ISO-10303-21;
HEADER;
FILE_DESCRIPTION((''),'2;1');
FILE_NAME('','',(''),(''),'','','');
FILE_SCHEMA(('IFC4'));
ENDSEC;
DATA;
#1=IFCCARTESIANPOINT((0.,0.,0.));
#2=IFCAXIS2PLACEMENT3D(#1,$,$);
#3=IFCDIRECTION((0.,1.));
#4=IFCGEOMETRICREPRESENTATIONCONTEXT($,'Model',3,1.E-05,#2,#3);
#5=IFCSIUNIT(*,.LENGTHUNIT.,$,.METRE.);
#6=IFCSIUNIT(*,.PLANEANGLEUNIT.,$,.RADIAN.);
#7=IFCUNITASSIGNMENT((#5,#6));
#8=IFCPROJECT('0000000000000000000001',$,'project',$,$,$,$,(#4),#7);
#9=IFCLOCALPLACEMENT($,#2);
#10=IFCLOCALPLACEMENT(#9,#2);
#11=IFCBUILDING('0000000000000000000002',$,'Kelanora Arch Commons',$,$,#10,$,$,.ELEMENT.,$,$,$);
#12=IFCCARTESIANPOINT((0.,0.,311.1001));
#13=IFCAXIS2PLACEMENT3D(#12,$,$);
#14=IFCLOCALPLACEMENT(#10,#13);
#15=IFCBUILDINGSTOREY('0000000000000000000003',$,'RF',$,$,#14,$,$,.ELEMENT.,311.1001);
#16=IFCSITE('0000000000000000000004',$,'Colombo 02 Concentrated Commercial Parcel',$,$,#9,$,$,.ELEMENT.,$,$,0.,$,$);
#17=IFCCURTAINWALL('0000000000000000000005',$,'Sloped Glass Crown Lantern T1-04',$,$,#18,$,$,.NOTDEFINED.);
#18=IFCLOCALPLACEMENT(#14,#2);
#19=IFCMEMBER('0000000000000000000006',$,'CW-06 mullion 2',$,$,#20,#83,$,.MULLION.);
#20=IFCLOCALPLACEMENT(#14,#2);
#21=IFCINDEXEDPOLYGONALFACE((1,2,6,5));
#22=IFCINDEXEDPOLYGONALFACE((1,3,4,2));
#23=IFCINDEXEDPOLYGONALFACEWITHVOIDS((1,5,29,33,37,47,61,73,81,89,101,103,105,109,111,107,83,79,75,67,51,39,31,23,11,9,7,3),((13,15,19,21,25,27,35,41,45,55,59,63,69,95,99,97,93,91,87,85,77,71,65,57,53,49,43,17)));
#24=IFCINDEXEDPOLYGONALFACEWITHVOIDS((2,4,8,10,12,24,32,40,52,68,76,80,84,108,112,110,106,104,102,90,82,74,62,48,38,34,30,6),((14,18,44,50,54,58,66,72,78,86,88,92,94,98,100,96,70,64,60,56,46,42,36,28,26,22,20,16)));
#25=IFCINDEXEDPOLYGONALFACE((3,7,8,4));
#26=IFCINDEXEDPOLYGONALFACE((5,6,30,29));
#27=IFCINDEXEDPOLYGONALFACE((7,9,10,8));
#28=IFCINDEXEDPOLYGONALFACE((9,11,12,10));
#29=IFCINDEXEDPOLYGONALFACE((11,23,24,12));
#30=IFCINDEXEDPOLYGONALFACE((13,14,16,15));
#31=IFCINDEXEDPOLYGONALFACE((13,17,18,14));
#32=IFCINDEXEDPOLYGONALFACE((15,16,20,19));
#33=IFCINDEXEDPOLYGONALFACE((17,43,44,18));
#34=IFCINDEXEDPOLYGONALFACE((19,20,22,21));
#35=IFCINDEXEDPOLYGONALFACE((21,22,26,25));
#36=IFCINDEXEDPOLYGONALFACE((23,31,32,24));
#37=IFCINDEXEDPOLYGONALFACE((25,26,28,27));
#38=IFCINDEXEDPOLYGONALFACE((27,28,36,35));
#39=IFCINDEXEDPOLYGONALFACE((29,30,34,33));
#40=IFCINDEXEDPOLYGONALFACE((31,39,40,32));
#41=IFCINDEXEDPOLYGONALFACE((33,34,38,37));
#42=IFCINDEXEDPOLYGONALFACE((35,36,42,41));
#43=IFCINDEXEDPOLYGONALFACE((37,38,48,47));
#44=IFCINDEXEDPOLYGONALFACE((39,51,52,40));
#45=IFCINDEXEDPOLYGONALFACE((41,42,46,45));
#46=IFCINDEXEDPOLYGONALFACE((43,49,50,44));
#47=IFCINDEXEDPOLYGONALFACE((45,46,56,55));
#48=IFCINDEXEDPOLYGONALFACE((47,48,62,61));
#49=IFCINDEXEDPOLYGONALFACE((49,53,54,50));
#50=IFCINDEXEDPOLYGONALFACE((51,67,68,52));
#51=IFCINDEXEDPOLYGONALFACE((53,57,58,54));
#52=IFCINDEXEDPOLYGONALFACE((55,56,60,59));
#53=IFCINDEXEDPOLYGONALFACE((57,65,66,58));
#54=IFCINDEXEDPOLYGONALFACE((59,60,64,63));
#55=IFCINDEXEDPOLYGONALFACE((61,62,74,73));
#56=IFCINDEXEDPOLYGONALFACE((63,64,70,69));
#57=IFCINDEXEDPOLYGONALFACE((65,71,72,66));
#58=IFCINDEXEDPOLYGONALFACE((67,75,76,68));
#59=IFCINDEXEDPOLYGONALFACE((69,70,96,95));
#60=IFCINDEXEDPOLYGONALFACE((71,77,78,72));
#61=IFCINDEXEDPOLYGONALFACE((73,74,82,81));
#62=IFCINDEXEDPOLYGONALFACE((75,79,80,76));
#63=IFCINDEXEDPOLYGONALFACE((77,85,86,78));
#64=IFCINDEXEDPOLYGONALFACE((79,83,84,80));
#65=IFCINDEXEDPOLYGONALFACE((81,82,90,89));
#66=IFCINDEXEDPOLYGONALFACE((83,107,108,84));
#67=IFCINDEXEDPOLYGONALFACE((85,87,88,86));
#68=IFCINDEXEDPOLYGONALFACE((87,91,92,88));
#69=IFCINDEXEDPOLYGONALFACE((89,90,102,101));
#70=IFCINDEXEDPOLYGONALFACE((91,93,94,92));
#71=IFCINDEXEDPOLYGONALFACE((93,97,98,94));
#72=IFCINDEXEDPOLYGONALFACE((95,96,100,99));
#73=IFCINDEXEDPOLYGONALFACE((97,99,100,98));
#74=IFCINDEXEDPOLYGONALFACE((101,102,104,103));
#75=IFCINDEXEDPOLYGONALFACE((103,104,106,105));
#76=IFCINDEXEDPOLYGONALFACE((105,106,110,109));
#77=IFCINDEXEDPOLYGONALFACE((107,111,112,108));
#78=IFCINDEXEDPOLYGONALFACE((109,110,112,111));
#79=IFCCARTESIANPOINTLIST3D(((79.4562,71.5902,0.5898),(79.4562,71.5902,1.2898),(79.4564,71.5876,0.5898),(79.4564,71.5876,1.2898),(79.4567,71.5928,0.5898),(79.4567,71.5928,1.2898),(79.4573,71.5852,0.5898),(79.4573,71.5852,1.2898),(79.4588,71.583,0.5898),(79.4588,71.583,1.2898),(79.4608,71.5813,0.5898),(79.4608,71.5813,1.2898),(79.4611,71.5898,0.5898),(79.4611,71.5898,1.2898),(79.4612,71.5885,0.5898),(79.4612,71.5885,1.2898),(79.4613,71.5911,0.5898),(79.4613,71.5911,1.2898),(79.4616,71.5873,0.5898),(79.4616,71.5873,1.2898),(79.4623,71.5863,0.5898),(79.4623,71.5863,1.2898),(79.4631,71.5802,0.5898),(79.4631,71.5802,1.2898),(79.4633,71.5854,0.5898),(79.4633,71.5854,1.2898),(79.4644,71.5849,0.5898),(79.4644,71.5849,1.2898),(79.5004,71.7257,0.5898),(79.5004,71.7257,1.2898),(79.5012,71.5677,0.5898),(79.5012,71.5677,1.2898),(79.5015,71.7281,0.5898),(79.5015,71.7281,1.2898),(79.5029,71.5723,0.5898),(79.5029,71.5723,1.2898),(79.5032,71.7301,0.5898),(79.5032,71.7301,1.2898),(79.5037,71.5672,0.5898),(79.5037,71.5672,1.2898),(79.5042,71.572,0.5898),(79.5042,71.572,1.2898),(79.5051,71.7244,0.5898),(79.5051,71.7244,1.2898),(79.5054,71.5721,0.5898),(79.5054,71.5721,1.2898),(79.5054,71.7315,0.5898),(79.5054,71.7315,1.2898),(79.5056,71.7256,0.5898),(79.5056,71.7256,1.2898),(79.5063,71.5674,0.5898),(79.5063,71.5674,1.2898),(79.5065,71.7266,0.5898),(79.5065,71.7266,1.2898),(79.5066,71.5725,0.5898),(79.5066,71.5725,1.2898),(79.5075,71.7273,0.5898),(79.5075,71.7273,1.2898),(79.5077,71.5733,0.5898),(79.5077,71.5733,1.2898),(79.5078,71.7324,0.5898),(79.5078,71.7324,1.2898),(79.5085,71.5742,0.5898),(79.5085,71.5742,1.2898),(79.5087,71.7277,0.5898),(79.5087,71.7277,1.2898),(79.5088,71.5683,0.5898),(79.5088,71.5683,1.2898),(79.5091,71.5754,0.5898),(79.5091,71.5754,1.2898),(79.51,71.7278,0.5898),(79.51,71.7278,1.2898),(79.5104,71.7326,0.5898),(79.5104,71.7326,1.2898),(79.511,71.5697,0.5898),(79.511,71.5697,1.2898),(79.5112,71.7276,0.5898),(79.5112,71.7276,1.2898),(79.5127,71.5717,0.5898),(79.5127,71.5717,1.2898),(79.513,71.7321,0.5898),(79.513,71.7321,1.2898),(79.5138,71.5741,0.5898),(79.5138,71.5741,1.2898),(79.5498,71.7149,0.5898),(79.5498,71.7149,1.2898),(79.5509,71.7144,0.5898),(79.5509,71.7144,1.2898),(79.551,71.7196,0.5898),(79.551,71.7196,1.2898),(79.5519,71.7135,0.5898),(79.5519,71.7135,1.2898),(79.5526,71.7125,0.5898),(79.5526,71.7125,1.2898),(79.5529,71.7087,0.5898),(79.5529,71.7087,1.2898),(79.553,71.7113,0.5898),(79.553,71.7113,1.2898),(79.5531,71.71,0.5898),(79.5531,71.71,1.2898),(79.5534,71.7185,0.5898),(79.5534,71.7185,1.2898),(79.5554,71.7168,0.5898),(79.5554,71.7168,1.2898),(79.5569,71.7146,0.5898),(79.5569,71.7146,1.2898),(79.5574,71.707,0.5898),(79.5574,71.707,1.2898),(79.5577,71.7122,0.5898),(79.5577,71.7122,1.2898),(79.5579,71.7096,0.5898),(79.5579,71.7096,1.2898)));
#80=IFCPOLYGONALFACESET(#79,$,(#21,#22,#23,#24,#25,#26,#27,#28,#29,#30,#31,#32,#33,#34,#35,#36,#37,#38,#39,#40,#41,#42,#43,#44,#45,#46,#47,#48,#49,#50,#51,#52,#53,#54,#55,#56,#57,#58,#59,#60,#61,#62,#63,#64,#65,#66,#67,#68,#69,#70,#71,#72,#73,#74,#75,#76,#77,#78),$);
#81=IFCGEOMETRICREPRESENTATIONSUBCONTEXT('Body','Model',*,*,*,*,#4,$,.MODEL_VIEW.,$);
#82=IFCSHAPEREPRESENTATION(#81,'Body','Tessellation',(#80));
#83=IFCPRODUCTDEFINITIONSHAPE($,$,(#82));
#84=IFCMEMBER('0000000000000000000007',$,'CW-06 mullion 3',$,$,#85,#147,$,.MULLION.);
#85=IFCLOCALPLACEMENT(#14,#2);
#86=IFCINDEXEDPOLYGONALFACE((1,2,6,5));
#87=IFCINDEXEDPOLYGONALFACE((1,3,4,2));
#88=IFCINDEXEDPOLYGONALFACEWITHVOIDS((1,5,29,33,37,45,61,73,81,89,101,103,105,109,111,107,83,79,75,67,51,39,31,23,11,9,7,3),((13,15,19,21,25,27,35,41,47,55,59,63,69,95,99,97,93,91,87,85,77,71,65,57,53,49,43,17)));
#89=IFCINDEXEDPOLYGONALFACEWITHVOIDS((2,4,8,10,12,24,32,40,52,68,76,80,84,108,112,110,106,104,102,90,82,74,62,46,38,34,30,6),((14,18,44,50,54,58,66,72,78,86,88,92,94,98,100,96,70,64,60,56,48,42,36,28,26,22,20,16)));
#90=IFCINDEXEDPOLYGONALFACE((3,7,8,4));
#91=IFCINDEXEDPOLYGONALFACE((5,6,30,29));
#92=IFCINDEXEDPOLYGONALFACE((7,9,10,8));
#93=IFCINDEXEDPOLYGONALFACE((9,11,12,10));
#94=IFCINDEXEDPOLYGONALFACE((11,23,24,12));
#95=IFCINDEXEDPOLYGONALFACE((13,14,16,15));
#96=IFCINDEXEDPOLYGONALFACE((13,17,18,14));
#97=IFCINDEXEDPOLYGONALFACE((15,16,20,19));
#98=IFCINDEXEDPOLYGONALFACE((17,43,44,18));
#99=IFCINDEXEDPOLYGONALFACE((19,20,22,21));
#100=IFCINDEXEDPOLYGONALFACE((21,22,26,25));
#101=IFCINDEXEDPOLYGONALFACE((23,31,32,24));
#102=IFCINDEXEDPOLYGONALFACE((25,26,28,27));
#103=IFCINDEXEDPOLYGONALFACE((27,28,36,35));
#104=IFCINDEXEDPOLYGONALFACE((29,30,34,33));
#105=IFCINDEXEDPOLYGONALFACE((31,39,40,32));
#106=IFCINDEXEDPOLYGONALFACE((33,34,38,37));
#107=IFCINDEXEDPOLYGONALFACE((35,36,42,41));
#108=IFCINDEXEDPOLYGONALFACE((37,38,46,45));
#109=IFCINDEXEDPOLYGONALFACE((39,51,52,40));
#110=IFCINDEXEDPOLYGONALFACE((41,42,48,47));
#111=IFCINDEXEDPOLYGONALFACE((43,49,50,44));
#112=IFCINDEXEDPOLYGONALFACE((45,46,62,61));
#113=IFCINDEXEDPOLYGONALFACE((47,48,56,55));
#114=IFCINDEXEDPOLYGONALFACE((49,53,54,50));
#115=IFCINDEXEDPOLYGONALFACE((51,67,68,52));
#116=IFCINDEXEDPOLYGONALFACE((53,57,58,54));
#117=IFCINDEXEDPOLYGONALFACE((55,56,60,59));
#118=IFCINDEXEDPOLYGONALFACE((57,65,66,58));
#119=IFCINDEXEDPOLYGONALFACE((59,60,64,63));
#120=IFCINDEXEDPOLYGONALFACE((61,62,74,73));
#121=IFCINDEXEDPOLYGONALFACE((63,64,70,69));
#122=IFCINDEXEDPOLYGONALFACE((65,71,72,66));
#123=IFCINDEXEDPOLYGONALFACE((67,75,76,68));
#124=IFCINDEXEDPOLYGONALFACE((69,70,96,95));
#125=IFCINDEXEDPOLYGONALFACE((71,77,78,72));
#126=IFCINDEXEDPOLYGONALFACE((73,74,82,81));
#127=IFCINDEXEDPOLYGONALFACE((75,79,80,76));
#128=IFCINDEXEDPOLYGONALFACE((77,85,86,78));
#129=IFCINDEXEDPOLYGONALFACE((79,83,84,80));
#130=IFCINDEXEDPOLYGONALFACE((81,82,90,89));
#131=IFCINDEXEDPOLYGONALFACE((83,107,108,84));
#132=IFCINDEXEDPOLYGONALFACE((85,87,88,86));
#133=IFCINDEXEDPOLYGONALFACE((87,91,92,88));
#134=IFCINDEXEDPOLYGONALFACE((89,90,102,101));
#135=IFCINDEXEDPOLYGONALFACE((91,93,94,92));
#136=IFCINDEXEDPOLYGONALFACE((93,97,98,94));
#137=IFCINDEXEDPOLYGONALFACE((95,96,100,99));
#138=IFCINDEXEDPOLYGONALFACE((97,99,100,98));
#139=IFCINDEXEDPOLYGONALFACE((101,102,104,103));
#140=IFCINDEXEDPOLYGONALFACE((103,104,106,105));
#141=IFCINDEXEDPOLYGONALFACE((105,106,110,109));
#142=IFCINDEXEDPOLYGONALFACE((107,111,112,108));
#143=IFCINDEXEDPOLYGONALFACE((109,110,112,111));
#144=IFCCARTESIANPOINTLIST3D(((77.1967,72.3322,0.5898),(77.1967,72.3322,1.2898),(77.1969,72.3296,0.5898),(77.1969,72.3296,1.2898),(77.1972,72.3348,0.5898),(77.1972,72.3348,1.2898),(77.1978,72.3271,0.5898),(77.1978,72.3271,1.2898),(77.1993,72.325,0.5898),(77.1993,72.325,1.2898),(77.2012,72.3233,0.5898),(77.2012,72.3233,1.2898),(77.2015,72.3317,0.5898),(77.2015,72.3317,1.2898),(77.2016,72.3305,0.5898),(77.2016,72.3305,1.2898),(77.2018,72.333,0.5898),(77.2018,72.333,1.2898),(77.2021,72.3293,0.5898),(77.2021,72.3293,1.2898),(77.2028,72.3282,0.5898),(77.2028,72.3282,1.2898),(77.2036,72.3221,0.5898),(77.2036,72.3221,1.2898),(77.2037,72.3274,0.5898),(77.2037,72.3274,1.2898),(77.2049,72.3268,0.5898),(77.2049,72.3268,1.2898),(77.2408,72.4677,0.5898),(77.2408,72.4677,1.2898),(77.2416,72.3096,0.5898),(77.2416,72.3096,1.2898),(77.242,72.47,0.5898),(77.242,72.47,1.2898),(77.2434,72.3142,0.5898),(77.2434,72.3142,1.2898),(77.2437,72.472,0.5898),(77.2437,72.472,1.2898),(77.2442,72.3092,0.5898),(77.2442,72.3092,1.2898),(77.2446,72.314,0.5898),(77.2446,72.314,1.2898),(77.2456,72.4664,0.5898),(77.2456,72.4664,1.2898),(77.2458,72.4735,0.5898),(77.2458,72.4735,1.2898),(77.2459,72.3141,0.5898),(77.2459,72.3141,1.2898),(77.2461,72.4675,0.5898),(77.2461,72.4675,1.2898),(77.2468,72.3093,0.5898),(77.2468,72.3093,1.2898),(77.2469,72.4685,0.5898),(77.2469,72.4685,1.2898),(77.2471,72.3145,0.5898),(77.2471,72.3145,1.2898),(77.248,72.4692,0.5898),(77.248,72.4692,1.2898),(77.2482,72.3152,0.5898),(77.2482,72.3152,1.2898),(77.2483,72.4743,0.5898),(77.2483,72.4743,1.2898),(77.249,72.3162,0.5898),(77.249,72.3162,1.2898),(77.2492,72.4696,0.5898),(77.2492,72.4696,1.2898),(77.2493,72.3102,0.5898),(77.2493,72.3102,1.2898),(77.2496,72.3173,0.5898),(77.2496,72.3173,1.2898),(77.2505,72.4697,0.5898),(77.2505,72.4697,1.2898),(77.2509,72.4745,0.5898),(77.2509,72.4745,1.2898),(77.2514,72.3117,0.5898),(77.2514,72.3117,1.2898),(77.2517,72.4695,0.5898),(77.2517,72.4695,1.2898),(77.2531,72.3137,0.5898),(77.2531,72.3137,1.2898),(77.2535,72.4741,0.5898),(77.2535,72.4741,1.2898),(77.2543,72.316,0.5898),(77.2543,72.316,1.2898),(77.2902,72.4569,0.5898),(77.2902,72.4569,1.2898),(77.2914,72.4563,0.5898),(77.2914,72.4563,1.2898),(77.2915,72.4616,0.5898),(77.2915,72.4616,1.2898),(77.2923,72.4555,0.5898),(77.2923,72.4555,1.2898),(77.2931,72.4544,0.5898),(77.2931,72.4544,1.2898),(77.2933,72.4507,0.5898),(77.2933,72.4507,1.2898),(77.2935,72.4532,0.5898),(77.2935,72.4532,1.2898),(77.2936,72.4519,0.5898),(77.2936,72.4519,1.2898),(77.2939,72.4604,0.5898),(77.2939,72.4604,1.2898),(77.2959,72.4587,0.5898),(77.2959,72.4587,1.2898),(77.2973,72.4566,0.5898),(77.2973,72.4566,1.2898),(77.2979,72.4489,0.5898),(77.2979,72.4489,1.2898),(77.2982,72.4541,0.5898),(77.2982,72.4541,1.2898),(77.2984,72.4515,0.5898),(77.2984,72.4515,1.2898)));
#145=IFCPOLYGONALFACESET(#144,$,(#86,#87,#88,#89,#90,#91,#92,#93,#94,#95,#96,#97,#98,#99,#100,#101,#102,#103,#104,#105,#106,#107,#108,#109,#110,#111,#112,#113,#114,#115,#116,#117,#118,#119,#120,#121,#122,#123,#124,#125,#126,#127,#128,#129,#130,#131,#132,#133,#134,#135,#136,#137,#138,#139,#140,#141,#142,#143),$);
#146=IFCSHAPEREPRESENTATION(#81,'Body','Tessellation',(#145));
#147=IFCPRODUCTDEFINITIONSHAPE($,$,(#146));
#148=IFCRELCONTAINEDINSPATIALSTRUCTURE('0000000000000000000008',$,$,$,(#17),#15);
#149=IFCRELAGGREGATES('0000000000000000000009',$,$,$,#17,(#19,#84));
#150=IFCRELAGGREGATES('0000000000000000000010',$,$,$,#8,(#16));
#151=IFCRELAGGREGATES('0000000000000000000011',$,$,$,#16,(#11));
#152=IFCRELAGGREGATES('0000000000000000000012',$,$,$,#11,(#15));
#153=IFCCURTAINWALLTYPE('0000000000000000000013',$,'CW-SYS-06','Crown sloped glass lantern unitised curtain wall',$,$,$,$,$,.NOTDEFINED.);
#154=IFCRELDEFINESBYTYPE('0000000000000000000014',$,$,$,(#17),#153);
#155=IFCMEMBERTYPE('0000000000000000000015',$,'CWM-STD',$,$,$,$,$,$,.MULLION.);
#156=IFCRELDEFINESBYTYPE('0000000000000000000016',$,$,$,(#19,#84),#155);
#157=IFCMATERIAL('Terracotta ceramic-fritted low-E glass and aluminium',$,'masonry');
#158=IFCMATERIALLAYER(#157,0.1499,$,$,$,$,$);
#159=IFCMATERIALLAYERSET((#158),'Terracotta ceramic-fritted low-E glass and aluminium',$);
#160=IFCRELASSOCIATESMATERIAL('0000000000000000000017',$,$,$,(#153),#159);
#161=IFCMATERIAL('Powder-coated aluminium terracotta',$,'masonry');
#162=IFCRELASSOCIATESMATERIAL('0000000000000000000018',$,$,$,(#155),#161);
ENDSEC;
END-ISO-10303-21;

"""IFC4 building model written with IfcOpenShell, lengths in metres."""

from ifc_helpers import new_model, si_unit, direction, frame, origin, origin_2d, place, context, subcontext, project, spatial, hollow_rectangle, extrude, material, layer, layer_set, material_profile, profile_set, type_object, element, aggregate, save


model = new_model("IFC4")

# Units and contexts
model_context = context("Model", 3, precision=1e-05, world=origin(), true_north=direction((0.0, 1.0)))
body_context = subcontext(model_context, "Body", "Model", "MODEL_VIEW")
ifc_project = project(units=[si_unit("LENGTHUNIT", "METRE"), si_unit("PLANEANGLEUNIT", "RADIAN")], contexts=[model_context])

# Site, building, storey
site_placement = place(None, origin())
site = spatial("IfcSite", under=ifc_project, at=site_placement, Name="Colombo 02 Concentrated Commercial Parcel", CompositionType="ELEMENT", RefElevation=0.0)
building_placement = place(site_placement, origin())
building = spatial("IfcBuilding", under=site, at=building_placement, Name="Kelanora Arch Commons", CompositionType="ELEMENT")
storey_placement = place(building_placement, frame((0.0, 0.0, 311.1001)))
storey = spatial("IfcBuildingStorey", under=building, at=storey_placement, Name="RF", CompositionType="ELEMENT", Elevation=311.1001)

# Shared definitions
ifc_material_1 = material(Name="Terracotta ceramic-fritted low-E glass and aluminium", Category="masonry")
ifc_layer_1 = layer(ifc_material_1, 0.1499)
ifc_layer_set_1 = layer_set([ifc_layer_1], Name="Terracotta ceramic-fritted low-E glass and aluminium")
curtain_wall_type = type_object("IfcCurtainWallType", Name="CW-SYS-06", Description="Crown sloped glass lantern unitised curtain wall", PredefinedType="NOTDEFINED", material=ifc_layer_set_1)
ifc_material_2 = material(Name="Powder-coated aluminium terracotta", Category="masonry")
ifc_material_profile_1 = material_profile(ifc_material_2, hollow_rectangle(XDim=0.1599, YDim=0.0601, WallThickness=0.0049, InnerFilletRadius=0.0049, OuterFilletRadius=0.01, at=origin_2d()), Name="CWM160x60")
ifc_profile_set_1 = profile_set([ifc_material_profile_1], Name="Powder-coated aluminium terracotta")
member_type_1 = type_object("IfcMemberType", Name="CWM-STD", PredefinedType="MULLION", material=ifc_profile_set_1)

# Curtain wall, members
curtain_wall_1_placement = place(storey_placement, origin())
curtain_wall_1 = element("IfcCurtainWall", 1, at=curtain_wall_1_placement, inside=storey, type_object=curtain_wall_type, Name="Sloped Glass Crown Lantern T1-04", PredefinedType="NOTDEFINED")
member_1_placement = place(storey_placement, frame((79.5071, 71.6499, 0.5898), z_axis=(0.0, 0.0, 1.0), x_axis=(-0.311945, -0.9501, 0.0)))
member_1 = element("IfcMember", 2, at=member_1_placement, type_object=member_type_1, Name="CW-06 mullion 2", PredefinedType="MULLION", context=body_context, shape_type="SweptSolid", body=[
    extrude(hollow_rectangle(XDim=0.1599, YDim=0.0601, WallThickness=0.0049, InnerFilletRadius=0.0049, OuterFilletRadius=0.01, at=origin_2d()), origin(), (0.0, 0.0, 1.0), 0.7),
])
member_2_placement = place(storey_placement, frame((77.2476, 72.3918, 0.5898), z_axis=(0.0, 0.0, 1.0), x_axis=(-0.311945, -0.9501, 0.0)))
member_2 = element("IfcMember", 3, at=member_2_placement, type_object=member_type_1, Name="CW-06 mullion 3", PredefinedType="MULLION", context=body_context, shape_type="SweptSolid", body=[
    extrude(hollow_rectangle(XDim=0.1599, YDim=0.0601, WallThickness=0.0049, InnerFilletRadius=0.0049, OuterFilletRadius=0.01, at=origin_2d()), origin(), (0.0, 0.0, 1.0), 0.7),
])

aggregate(curtain_wall_1, [member_1, member_2])

save(model, "model.ifc")
